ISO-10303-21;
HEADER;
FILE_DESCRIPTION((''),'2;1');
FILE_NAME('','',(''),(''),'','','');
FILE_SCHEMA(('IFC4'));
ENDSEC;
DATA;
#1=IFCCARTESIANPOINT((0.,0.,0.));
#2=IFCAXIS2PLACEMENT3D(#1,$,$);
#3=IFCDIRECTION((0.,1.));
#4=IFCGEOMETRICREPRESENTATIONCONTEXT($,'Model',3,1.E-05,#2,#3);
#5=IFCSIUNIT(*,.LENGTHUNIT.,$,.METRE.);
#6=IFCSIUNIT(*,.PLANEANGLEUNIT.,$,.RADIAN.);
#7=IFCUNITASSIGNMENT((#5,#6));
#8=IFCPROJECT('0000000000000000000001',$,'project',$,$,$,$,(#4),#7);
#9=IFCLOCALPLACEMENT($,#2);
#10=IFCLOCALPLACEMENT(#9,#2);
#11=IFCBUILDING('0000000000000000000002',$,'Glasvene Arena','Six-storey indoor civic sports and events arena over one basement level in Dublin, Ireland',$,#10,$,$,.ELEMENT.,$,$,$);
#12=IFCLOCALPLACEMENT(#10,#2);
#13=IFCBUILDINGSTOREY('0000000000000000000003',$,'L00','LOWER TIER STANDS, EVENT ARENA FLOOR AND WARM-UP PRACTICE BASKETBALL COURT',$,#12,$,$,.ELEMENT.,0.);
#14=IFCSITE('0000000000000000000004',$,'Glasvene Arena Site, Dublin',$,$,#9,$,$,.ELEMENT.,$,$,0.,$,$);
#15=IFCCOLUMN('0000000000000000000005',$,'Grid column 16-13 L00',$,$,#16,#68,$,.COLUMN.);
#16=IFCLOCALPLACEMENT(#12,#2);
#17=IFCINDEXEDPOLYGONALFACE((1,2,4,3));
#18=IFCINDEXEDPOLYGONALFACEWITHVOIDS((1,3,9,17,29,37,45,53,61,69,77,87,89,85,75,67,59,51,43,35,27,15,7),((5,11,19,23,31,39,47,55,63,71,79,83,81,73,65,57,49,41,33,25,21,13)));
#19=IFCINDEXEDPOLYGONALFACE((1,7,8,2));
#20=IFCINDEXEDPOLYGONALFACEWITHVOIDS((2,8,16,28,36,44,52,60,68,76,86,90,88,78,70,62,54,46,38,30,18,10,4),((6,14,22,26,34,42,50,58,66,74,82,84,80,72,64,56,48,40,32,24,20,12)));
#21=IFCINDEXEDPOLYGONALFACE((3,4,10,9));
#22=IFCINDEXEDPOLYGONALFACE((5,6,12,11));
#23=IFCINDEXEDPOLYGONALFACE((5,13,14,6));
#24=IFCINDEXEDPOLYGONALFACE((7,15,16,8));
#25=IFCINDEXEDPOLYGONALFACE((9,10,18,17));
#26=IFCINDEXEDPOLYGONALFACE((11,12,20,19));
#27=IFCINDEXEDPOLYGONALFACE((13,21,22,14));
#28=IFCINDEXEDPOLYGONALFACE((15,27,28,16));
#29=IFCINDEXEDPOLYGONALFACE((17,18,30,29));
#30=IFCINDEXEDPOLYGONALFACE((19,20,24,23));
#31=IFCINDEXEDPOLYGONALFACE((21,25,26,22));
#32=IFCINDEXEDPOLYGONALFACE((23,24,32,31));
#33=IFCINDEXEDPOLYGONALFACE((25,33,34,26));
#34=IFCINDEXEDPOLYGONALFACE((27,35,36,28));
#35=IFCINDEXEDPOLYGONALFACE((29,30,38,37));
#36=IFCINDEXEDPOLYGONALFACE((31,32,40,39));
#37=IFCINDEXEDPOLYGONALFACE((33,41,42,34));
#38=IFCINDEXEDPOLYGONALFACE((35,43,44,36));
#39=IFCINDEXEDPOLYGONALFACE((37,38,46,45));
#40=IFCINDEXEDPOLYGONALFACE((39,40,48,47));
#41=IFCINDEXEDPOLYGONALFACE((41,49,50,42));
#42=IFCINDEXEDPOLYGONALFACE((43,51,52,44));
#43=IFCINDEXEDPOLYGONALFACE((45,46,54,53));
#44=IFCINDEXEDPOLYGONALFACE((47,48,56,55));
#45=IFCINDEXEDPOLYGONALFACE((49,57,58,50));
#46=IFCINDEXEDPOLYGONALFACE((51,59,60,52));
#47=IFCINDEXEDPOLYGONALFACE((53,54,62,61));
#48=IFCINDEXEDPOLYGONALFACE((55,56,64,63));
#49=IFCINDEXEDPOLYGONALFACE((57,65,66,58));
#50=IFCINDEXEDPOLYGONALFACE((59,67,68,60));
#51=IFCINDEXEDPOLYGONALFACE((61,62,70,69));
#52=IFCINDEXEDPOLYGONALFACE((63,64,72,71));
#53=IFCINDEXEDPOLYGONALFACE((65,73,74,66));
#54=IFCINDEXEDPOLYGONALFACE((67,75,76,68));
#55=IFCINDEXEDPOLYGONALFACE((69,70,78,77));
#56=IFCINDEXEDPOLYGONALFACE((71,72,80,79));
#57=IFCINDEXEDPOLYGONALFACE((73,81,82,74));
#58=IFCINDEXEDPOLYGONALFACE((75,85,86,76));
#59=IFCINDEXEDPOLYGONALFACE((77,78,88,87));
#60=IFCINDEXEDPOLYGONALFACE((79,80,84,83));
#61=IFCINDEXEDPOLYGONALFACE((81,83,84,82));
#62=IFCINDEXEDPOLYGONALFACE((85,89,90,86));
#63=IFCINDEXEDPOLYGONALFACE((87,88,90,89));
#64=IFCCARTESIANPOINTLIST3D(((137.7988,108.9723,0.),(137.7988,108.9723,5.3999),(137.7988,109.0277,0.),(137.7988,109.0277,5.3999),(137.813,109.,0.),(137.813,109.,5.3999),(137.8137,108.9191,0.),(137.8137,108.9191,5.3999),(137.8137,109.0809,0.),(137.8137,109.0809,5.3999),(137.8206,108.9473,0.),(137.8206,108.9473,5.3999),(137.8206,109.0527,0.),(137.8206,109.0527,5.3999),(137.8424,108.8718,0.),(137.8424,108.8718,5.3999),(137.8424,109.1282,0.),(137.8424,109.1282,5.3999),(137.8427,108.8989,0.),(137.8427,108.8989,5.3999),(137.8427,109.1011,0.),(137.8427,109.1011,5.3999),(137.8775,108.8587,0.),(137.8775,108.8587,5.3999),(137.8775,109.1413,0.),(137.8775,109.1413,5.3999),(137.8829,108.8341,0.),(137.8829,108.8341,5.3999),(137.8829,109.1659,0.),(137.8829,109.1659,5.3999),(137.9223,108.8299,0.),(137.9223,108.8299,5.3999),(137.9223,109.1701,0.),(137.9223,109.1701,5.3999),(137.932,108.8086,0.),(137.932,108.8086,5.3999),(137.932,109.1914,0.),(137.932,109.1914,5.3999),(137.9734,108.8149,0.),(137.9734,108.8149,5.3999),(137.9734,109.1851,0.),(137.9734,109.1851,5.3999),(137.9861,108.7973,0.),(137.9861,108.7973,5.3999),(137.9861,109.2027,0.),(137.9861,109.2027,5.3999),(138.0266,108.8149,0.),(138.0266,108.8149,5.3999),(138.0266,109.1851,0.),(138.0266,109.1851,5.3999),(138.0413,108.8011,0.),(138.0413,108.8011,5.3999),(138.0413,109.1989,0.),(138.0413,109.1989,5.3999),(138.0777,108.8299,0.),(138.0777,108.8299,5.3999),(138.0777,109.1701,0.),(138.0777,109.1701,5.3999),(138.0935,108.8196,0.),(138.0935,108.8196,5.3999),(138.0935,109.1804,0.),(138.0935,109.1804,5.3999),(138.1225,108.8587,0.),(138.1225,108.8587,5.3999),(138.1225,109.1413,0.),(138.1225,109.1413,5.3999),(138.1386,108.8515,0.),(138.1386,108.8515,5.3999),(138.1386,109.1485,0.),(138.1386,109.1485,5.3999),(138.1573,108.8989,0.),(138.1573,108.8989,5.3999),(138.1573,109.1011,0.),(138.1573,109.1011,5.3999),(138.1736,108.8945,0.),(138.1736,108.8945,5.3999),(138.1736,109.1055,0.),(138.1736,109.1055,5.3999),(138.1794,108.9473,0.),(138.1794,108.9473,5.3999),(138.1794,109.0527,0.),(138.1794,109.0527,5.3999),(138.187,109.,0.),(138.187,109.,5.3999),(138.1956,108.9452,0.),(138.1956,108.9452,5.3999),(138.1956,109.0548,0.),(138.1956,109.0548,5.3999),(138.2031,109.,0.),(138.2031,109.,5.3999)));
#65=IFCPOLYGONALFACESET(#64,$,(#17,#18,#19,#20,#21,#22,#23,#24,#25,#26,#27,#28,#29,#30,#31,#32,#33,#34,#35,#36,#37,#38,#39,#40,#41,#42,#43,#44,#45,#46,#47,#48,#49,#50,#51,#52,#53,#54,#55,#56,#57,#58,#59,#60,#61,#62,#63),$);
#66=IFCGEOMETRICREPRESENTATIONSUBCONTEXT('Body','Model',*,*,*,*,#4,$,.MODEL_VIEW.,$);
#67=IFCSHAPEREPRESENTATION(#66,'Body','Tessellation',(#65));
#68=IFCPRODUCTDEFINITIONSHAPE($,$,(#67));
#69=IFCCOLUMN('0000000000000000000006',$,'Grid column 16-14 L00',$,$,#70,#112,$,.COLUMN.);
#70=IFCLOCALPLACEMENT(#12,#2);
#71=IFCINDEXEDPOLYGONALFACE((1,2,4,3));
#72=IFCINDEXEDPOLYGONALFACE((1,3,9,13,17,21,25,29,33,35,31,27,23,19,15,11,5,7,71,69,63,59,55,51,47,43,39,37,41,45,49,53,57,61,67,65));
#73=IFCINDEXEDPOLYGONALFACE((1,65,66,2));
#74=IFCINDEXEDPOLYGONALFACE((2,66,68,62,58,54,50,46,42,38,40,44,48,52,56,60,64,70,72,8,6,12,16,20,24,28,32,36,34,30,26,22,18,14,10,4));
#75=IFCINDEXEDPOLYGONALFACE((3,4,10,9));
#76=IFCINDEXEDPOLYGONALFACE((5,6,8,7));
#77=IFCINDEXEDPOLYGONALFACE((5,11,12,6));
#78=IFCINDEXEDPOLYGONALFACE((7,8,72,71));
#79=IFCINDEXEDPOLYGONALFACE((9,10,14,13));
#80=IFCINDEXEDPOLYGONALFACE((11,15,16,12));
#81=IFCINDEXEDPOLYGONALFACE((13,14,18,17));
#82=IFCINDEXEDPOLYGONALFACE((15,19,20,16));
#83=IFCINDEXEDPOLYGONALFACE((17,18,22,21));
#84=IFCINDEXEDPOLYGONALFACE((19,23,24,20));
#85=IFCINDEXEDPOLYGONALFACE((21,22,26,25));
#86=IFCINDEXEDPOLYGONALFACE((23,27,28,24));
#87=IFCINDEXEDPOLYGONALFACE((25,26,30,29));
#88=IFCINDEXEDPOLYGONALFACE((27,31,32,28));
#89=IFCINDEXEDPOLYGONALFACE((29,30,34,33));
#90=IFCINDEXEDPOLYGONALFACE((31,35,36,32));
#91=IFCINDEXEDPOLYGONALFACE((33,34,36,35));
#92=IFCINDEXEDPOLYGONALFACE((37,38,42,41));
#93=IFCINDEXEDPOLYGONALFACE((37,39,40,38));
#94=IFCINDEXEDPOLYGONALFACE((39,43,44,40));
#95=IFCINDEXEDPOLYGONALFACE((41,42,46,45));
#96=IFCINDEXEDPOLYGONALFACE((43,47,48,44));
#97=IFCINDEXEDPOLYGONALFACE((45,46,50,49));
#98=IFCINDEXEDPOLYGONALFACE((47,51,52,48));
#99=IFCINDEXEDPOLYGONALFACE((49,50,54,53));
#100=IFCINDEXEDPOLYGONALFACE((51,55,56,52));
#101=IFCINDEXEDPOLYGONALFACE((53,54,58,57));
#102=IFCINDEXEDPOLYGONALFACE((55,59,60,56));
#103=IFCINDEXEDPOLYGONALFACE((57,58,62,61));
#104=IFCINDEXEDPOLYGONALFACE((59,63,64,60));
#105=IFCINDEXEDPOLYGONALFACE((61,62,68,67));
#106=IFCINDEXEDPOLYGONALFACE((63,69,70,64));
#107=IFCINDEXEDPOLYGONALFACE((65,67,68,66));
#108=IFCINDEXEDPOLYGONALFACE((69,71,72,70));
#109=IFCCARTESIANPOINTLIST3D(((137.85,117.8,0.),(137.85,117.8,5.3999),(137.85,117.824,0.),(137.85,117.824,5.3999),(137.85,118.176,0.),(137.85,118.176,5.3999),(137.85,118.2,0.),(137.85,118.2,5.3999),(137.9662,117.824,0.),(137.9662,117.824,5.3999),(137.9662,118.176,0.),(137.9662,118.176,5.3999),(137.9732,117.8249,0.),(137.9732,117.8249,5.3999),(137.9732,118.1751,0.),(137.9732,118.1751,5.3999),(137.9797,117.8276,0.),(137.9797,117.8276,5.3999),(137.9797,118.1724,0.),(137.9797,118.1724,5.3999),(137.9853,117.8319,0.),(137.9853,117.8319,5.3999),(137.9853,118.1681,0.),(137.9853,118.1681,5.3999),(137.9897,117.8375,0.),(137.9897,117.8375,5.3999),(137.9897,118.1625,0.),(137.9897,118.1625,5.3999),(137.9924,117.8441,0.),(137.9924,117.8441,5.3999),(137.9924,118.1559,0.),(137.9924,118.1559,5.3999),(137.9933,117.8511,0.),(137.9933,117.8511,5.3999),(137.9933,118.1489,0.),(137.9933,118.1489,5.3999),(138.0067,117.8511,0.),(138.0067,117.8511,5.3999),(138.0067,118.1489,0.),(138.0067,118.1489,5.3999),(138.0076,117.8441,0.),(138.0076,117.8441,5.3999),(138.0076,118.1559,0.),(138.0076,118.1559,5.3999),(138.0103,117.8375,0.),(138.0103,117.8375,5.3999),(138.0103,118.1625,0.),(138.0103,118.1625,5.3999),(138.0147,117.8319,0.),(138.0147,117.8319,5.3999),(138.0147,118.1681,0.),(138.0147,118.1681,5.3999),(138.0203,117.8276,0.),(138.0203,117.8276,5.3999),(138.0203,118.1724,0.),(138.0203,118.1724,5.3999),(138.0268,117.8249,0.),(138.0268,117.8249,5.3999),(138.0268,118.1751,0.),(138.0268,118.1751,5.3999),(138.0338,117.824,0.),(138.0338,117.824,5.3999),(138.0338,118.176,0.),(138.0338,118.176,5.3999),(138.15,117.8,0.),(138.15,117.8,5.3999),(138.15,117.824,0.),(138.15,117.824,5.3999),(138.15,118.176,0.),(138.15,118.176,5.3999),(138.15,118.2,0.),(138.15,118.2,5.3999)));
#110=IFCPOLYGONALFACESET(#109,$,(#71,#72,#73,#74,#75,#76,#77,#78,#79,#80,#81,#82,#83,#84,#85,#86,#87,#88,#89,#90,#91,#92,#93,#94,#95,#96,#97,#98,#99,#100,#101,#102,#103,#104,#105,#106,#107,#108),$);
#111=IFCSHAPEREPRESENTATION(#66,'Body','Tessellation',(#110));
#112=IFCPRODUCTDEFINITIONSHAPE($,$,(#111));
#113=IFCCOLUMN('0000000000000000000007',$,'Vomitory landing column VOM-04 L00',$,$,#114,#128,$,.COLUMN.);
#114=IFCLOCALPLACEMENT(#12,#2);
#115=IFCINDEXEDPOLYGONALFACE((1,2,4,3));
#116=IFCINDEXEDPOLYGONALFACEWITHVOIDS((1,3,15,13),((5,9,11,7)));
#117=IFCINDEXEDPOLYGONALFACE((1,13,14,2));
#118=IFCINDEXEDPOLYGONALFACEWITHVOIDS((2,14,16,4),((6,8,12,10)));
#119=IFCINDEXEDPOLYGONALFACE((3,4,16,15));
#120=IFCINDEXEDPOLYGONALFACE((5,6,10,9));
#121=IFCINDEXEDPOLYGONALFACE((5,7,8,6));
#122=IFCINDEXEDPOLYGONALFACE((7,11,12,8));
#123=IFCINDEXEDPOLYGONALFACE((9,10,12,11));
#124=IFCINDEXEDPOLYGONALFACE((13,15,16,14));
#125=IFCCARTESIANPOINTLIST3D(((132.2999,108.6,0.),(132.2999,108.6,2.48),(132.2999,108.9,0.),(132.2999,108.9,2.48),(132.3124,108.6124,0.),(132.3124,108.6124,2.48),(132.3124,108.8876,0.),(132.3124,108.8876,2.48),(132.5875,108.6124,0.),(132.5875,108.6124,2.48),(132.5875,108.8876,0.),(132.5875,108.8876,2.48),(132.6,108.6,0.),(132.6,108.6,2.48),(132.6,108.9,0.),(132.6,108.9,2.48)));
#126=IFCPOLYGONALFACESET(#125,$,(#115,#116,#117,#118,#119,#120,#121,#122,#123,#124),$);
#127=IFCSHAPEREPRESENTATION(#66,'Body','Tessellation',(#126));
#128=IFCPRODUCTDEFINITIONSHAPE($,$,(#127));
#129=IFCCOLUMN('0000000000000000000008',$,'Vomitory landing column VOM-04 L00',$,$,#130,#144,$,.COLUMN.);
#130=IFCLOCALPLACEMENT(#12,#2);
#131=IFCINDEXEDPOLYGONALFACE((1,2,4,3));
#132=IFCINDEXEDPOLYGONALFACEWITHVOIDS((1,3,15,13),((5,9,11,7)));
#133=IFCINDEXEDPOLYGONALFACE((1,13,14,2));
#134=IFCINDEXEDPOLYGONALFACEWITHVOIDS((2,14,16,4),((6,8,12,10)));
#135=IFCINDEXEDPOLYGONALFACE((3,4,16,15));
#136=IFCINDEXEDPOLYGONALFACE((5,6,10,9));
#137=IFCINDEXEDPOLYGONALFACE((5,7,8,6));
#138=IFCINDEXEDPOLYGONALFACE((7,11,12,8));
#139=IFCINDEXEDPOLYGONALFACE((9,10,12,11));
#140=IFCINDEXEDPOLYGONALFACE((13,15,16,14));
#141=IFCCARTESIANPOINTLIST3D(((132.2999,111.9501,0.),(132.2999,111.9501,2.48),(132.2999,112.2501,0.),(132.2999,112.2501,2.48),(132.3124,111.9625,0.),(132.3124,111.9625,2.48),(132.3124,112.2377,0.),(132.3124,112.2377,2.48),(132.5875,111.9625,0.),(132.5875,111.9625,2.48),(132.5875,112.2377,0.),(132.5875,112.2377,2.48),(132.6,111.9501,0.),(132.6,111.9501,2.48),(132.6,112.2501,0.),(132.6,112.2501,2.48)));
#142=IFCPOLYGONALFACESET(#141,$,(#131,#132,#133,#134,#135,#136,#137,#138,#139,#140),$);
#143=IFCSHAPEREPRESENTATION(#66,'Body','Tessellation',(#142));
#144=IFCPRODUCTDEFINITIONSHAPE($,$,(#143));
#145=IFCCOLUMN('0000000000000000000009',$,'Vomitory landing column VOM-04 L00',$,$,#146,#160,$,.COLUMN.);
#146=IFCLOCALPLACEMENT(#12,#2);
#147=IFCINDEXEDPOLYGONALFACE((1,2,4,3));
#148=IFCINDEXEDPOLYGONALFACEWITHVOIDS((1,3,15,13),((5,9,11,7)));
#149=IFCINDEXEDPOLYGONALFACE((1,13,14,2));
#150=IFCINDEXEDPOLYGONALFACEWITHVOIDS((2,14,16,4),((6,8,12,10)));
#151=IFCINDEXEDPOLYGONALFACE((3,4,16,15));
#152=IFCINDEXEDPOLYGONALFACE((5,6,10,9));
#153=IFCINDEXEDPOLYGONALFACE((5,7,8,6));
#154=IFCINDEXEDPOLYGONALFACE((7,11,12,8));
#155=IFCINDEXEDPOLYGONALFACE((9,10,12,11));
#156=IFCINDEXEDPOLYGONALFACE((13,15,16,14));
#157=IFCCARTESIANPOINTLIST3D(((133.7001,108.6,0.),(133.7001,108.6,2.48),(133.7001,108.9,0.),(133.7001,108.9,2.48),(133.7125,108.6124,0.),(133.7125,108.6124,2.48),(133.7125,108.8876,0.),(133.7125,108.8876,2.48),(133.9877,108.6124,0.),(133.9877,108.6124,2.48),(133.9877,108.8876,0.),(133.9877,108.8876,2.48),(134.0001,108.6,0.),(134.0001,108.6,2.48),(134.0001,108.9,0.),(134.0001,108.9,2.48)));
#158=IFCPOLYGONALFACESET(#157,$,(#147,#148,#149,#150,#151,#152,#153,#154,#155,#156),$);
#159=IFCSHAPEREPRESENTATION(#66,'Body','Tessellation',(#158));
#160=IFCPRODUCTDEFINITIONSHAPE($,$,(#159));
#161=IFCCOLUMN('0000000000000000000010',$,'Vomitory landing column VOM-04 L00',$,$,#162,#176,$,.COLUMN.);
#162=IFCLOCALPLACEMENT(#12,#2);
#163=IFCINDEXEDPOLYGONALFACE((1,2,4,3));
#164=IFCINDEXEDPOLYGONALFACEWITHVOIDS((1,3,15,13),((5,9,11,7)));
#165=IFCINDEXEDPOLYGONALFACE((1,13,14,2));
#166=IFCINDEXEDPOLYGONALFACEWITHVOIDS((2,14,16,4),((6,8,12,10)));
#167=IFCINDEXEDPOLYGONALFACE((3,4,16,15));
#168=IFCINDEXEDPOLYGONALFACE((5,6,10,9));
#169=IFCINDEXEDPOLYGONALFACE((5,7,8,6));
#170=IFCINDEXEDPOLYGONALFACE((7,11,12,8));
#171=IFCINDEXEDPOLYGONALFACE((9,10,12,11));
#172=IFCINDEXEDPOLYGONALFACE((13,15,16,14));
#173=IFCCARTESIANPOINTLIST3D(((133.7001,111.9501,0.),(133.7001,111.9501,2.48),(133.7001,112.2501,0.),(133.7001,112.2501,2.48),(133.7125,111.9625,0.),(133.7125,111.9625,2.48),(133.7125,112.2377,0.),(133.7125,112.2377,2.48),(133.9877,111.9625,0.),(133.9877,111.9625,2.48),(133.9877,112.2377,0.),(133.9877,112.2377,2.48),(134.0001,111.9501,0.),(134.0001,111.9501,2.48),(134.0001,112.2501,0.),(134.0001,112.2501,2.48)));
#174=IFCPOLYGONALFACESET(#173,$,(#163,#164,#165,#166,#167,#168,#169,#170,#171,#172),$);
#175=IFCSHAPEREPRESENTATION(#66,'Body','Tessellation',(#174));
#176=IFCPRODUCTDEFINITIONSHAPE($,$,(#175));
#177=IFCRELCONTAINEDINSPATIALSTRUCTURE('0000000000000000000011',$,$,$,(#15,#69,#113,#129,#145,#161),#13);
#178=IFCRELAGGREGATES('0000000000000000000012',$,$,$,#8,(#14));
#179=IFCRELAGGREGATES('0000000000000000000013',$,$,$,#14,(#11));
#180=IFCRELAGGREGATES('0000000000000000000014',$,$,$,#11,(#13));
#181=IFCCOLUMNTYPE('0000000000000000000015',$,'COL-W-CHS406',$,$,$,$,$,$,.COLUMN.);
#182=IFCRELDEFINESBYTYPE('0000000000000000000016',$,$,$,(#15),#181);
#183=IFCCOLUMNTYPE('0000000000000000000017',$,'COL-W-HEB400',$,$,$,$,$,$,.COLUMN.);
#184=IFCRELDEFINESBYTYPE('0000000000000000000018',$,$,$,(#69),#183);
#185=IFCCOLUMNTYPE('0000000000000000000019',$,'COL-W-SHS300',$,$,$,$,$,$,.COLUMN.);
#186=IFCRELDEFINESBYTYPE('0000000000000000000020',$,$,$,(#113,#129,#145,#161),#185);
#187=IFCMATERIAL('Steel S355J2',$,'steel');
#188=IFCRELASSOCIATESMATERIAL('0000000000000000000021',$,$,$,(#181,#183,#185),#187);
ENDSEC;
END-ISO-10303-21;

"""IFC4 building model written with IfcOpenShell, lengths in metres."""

from ifc_helpers import new_model, si_unit, direction, frame, origin, origin_2d, place, context, subcontext, project, spatial, hollow_rectangle, hollow_circle, i_section, extrude, material, material_profile, profile_set, type_object, element, save


model = new_model("IFC4")

# Units and contexts
model_context = context("Model", 3, precision=1e-05, world=origin(), true_north=direction((0.0, 1.0)))
body_context = subcontext(model_context, "Body", "Model", "MODEL_VIEW")
ifc_project = project(units=[si_unit("LENGTHUNIT", "METRE"), si_unit("PLANEANGLEUNIT", "RADIAN")], contexts=[model_context])

# Site, building, storey
site_placement = place(None, origin())
site = spatial("IfcSite", under=ifc_project, at=site_placement, Name="Glasvene Arena Site, Dublin", CompositionType="ELEMENT", RefElevation=0.0)
building_placement = place(site_placement, origin())
building = spatial("IfcBuilding", under=site, at=building_placement, Name="Glasvene Arena", Description="Six-storey indoor civic sports and events arena over one basement level in Dublin, Ireland", CompositionType="ELEMENT")
storey_placement = place(building_placement, origin())
storey = spatial("IfcBuildingStorey", under=building, at=storey_placement, Name="L00", Description="LOWER TIER STANDS, EVENT ARENA FLOOR AND WARM-UP PRACTICE BASKETBALL COURT", CompositionType="ELEMENT", Elevation=0.0)

# Columns
ifc_material_1 = material(Name="Steel S355J2", Category="steel")
ifc_material_profile_1 = material_profile(ifc_material_1, hollow_circle(Radius=0.2031, WallThickness=0.0161, at=origin_2d()), Name="CHS 406.4x16.0")
ifc_profile_set_1 = profile_set([ifc_material_profile_1], Name="Steel S355J2")
column_type_1 = type_object("IfcColumnType", Name="COL-W-CHS406", PredefinedType="COLUMN", material=ifc_profile_set_1)
column_1_placement = place(storey_placement, frame((138.0, 109.0, 0.0), z_axis=(0.0, 0.0, 1.0), x_axis=(1.0, 0.0, 0.0)))
element("IfcColumn", 1, at=column_1_placement, inside=storey, type_object=column_type_1, Name="Grid column 16-13 L00", PredefinedType="COLUMN", context=body_context, shape_type="SweptSolid", body=[
    extrude(hollow_circle(Radius=0.2031, WallThickness=0.0161, at=origin_2d()), origin(), (0.0, 0.0, 1.0), 5.3999),
])
ifc_material_profile_2 = material_profile(ifc_material_1, i_section(OverallWidth=0.3, OverallDepth=0.3999, WebThickness=0.0134, FlangeThickness=0.0239, FilletRadius=0.0271, at=origin_2d()), Name="HEB 400")
ifc_profile_set_2 = profile_set([ifc_material_profile_2], Name="Steel S355J2")
column_type_2 = type_object("IfcColumnType", Name="COL-W-HEB400", PredefinedType="COLUMN", material=ifc_profile_set_2)
column_2_placement = place(storey_placement, frame((138.0, 118.0, 0.0), z_axis=(0.0, 0.0, 1.0), x_axis=(1.0, 0.0, 0.0)))
element("IfcColumn", 2, at=column_2_placement, inside=storey, type_object=column_type_2, Name="Grid column 16-14 L00", PredefinedType="COLUMN", context=body_context, shape_type="SweptSolid", body=[
    extrude(i_section(OverallWidth=0.3, OverallDepth=0.3999, WebThickness=0.0134, FlangeThickness=0.0239, FilletRadius=0.0271, at=origin_2d()), origin(), (0.0, 0.0, 1.0), 5.3999),
])
ifc_material_profile_3 = material_profile(ifc_material_1, hollow_rectangle(XDim=0.3, YDim=0.3, WallThickness=0.0125, at=origin_2d()), Name="SHS 300x300x12.5")
ifc_profile_set_3 = profile_set([ifc_material_profile_3], Name="Steel S355J2")
column_type_3 = type_object("IfcColumnType", Name="COL-W-SHS300", PredefinedType="COLUMN", material=ifc_profile_set_3)
for number, where, z_axis, x_axis, name in (
    (3, (132.45, 108.75, 0.0), (0.0, 0.0, 1.0), (1.0, 0.0, 0.0), "Vomitory landing column VOM-04 L00"),
    (4, (132.45, 112.1001, 0.0), (0.0, 0.0, 1.0), (1.0, 0.0, 0.0), "Vomitory landing column VOM-04 L00"),
    (5, (133.8501, 108.75, 0.0), (0.0, 0.0, 1.0), (1.0, 0.0, 0.0), "Vomitory landing column VOM-04 L00"),
    (6, (133.8501, 112.1001, 0.0), (0.0, 0.0, 1.0), (1.0, 0.0, 0.0), "Vomitory landing column VOM-04 L00"),
):
    element("IfcColumn", number, at=place(storey_placement, frame(where, z_axis=z_axis, x_axis=x_axis)), inside=storey, type_object=column_type_3, Name=name, PredefinedType="COLUMN", context=body_context, shape_type="SweptSolid", body=[
        extrude(hollow_rectangle(XDim=0.3, YDim=0.3, WallThickness=0.0125, at=origin_2d()), origin(), (0.0, 0.0, 1.0), 2.48),
    ])

save(model, "model.ifc")
